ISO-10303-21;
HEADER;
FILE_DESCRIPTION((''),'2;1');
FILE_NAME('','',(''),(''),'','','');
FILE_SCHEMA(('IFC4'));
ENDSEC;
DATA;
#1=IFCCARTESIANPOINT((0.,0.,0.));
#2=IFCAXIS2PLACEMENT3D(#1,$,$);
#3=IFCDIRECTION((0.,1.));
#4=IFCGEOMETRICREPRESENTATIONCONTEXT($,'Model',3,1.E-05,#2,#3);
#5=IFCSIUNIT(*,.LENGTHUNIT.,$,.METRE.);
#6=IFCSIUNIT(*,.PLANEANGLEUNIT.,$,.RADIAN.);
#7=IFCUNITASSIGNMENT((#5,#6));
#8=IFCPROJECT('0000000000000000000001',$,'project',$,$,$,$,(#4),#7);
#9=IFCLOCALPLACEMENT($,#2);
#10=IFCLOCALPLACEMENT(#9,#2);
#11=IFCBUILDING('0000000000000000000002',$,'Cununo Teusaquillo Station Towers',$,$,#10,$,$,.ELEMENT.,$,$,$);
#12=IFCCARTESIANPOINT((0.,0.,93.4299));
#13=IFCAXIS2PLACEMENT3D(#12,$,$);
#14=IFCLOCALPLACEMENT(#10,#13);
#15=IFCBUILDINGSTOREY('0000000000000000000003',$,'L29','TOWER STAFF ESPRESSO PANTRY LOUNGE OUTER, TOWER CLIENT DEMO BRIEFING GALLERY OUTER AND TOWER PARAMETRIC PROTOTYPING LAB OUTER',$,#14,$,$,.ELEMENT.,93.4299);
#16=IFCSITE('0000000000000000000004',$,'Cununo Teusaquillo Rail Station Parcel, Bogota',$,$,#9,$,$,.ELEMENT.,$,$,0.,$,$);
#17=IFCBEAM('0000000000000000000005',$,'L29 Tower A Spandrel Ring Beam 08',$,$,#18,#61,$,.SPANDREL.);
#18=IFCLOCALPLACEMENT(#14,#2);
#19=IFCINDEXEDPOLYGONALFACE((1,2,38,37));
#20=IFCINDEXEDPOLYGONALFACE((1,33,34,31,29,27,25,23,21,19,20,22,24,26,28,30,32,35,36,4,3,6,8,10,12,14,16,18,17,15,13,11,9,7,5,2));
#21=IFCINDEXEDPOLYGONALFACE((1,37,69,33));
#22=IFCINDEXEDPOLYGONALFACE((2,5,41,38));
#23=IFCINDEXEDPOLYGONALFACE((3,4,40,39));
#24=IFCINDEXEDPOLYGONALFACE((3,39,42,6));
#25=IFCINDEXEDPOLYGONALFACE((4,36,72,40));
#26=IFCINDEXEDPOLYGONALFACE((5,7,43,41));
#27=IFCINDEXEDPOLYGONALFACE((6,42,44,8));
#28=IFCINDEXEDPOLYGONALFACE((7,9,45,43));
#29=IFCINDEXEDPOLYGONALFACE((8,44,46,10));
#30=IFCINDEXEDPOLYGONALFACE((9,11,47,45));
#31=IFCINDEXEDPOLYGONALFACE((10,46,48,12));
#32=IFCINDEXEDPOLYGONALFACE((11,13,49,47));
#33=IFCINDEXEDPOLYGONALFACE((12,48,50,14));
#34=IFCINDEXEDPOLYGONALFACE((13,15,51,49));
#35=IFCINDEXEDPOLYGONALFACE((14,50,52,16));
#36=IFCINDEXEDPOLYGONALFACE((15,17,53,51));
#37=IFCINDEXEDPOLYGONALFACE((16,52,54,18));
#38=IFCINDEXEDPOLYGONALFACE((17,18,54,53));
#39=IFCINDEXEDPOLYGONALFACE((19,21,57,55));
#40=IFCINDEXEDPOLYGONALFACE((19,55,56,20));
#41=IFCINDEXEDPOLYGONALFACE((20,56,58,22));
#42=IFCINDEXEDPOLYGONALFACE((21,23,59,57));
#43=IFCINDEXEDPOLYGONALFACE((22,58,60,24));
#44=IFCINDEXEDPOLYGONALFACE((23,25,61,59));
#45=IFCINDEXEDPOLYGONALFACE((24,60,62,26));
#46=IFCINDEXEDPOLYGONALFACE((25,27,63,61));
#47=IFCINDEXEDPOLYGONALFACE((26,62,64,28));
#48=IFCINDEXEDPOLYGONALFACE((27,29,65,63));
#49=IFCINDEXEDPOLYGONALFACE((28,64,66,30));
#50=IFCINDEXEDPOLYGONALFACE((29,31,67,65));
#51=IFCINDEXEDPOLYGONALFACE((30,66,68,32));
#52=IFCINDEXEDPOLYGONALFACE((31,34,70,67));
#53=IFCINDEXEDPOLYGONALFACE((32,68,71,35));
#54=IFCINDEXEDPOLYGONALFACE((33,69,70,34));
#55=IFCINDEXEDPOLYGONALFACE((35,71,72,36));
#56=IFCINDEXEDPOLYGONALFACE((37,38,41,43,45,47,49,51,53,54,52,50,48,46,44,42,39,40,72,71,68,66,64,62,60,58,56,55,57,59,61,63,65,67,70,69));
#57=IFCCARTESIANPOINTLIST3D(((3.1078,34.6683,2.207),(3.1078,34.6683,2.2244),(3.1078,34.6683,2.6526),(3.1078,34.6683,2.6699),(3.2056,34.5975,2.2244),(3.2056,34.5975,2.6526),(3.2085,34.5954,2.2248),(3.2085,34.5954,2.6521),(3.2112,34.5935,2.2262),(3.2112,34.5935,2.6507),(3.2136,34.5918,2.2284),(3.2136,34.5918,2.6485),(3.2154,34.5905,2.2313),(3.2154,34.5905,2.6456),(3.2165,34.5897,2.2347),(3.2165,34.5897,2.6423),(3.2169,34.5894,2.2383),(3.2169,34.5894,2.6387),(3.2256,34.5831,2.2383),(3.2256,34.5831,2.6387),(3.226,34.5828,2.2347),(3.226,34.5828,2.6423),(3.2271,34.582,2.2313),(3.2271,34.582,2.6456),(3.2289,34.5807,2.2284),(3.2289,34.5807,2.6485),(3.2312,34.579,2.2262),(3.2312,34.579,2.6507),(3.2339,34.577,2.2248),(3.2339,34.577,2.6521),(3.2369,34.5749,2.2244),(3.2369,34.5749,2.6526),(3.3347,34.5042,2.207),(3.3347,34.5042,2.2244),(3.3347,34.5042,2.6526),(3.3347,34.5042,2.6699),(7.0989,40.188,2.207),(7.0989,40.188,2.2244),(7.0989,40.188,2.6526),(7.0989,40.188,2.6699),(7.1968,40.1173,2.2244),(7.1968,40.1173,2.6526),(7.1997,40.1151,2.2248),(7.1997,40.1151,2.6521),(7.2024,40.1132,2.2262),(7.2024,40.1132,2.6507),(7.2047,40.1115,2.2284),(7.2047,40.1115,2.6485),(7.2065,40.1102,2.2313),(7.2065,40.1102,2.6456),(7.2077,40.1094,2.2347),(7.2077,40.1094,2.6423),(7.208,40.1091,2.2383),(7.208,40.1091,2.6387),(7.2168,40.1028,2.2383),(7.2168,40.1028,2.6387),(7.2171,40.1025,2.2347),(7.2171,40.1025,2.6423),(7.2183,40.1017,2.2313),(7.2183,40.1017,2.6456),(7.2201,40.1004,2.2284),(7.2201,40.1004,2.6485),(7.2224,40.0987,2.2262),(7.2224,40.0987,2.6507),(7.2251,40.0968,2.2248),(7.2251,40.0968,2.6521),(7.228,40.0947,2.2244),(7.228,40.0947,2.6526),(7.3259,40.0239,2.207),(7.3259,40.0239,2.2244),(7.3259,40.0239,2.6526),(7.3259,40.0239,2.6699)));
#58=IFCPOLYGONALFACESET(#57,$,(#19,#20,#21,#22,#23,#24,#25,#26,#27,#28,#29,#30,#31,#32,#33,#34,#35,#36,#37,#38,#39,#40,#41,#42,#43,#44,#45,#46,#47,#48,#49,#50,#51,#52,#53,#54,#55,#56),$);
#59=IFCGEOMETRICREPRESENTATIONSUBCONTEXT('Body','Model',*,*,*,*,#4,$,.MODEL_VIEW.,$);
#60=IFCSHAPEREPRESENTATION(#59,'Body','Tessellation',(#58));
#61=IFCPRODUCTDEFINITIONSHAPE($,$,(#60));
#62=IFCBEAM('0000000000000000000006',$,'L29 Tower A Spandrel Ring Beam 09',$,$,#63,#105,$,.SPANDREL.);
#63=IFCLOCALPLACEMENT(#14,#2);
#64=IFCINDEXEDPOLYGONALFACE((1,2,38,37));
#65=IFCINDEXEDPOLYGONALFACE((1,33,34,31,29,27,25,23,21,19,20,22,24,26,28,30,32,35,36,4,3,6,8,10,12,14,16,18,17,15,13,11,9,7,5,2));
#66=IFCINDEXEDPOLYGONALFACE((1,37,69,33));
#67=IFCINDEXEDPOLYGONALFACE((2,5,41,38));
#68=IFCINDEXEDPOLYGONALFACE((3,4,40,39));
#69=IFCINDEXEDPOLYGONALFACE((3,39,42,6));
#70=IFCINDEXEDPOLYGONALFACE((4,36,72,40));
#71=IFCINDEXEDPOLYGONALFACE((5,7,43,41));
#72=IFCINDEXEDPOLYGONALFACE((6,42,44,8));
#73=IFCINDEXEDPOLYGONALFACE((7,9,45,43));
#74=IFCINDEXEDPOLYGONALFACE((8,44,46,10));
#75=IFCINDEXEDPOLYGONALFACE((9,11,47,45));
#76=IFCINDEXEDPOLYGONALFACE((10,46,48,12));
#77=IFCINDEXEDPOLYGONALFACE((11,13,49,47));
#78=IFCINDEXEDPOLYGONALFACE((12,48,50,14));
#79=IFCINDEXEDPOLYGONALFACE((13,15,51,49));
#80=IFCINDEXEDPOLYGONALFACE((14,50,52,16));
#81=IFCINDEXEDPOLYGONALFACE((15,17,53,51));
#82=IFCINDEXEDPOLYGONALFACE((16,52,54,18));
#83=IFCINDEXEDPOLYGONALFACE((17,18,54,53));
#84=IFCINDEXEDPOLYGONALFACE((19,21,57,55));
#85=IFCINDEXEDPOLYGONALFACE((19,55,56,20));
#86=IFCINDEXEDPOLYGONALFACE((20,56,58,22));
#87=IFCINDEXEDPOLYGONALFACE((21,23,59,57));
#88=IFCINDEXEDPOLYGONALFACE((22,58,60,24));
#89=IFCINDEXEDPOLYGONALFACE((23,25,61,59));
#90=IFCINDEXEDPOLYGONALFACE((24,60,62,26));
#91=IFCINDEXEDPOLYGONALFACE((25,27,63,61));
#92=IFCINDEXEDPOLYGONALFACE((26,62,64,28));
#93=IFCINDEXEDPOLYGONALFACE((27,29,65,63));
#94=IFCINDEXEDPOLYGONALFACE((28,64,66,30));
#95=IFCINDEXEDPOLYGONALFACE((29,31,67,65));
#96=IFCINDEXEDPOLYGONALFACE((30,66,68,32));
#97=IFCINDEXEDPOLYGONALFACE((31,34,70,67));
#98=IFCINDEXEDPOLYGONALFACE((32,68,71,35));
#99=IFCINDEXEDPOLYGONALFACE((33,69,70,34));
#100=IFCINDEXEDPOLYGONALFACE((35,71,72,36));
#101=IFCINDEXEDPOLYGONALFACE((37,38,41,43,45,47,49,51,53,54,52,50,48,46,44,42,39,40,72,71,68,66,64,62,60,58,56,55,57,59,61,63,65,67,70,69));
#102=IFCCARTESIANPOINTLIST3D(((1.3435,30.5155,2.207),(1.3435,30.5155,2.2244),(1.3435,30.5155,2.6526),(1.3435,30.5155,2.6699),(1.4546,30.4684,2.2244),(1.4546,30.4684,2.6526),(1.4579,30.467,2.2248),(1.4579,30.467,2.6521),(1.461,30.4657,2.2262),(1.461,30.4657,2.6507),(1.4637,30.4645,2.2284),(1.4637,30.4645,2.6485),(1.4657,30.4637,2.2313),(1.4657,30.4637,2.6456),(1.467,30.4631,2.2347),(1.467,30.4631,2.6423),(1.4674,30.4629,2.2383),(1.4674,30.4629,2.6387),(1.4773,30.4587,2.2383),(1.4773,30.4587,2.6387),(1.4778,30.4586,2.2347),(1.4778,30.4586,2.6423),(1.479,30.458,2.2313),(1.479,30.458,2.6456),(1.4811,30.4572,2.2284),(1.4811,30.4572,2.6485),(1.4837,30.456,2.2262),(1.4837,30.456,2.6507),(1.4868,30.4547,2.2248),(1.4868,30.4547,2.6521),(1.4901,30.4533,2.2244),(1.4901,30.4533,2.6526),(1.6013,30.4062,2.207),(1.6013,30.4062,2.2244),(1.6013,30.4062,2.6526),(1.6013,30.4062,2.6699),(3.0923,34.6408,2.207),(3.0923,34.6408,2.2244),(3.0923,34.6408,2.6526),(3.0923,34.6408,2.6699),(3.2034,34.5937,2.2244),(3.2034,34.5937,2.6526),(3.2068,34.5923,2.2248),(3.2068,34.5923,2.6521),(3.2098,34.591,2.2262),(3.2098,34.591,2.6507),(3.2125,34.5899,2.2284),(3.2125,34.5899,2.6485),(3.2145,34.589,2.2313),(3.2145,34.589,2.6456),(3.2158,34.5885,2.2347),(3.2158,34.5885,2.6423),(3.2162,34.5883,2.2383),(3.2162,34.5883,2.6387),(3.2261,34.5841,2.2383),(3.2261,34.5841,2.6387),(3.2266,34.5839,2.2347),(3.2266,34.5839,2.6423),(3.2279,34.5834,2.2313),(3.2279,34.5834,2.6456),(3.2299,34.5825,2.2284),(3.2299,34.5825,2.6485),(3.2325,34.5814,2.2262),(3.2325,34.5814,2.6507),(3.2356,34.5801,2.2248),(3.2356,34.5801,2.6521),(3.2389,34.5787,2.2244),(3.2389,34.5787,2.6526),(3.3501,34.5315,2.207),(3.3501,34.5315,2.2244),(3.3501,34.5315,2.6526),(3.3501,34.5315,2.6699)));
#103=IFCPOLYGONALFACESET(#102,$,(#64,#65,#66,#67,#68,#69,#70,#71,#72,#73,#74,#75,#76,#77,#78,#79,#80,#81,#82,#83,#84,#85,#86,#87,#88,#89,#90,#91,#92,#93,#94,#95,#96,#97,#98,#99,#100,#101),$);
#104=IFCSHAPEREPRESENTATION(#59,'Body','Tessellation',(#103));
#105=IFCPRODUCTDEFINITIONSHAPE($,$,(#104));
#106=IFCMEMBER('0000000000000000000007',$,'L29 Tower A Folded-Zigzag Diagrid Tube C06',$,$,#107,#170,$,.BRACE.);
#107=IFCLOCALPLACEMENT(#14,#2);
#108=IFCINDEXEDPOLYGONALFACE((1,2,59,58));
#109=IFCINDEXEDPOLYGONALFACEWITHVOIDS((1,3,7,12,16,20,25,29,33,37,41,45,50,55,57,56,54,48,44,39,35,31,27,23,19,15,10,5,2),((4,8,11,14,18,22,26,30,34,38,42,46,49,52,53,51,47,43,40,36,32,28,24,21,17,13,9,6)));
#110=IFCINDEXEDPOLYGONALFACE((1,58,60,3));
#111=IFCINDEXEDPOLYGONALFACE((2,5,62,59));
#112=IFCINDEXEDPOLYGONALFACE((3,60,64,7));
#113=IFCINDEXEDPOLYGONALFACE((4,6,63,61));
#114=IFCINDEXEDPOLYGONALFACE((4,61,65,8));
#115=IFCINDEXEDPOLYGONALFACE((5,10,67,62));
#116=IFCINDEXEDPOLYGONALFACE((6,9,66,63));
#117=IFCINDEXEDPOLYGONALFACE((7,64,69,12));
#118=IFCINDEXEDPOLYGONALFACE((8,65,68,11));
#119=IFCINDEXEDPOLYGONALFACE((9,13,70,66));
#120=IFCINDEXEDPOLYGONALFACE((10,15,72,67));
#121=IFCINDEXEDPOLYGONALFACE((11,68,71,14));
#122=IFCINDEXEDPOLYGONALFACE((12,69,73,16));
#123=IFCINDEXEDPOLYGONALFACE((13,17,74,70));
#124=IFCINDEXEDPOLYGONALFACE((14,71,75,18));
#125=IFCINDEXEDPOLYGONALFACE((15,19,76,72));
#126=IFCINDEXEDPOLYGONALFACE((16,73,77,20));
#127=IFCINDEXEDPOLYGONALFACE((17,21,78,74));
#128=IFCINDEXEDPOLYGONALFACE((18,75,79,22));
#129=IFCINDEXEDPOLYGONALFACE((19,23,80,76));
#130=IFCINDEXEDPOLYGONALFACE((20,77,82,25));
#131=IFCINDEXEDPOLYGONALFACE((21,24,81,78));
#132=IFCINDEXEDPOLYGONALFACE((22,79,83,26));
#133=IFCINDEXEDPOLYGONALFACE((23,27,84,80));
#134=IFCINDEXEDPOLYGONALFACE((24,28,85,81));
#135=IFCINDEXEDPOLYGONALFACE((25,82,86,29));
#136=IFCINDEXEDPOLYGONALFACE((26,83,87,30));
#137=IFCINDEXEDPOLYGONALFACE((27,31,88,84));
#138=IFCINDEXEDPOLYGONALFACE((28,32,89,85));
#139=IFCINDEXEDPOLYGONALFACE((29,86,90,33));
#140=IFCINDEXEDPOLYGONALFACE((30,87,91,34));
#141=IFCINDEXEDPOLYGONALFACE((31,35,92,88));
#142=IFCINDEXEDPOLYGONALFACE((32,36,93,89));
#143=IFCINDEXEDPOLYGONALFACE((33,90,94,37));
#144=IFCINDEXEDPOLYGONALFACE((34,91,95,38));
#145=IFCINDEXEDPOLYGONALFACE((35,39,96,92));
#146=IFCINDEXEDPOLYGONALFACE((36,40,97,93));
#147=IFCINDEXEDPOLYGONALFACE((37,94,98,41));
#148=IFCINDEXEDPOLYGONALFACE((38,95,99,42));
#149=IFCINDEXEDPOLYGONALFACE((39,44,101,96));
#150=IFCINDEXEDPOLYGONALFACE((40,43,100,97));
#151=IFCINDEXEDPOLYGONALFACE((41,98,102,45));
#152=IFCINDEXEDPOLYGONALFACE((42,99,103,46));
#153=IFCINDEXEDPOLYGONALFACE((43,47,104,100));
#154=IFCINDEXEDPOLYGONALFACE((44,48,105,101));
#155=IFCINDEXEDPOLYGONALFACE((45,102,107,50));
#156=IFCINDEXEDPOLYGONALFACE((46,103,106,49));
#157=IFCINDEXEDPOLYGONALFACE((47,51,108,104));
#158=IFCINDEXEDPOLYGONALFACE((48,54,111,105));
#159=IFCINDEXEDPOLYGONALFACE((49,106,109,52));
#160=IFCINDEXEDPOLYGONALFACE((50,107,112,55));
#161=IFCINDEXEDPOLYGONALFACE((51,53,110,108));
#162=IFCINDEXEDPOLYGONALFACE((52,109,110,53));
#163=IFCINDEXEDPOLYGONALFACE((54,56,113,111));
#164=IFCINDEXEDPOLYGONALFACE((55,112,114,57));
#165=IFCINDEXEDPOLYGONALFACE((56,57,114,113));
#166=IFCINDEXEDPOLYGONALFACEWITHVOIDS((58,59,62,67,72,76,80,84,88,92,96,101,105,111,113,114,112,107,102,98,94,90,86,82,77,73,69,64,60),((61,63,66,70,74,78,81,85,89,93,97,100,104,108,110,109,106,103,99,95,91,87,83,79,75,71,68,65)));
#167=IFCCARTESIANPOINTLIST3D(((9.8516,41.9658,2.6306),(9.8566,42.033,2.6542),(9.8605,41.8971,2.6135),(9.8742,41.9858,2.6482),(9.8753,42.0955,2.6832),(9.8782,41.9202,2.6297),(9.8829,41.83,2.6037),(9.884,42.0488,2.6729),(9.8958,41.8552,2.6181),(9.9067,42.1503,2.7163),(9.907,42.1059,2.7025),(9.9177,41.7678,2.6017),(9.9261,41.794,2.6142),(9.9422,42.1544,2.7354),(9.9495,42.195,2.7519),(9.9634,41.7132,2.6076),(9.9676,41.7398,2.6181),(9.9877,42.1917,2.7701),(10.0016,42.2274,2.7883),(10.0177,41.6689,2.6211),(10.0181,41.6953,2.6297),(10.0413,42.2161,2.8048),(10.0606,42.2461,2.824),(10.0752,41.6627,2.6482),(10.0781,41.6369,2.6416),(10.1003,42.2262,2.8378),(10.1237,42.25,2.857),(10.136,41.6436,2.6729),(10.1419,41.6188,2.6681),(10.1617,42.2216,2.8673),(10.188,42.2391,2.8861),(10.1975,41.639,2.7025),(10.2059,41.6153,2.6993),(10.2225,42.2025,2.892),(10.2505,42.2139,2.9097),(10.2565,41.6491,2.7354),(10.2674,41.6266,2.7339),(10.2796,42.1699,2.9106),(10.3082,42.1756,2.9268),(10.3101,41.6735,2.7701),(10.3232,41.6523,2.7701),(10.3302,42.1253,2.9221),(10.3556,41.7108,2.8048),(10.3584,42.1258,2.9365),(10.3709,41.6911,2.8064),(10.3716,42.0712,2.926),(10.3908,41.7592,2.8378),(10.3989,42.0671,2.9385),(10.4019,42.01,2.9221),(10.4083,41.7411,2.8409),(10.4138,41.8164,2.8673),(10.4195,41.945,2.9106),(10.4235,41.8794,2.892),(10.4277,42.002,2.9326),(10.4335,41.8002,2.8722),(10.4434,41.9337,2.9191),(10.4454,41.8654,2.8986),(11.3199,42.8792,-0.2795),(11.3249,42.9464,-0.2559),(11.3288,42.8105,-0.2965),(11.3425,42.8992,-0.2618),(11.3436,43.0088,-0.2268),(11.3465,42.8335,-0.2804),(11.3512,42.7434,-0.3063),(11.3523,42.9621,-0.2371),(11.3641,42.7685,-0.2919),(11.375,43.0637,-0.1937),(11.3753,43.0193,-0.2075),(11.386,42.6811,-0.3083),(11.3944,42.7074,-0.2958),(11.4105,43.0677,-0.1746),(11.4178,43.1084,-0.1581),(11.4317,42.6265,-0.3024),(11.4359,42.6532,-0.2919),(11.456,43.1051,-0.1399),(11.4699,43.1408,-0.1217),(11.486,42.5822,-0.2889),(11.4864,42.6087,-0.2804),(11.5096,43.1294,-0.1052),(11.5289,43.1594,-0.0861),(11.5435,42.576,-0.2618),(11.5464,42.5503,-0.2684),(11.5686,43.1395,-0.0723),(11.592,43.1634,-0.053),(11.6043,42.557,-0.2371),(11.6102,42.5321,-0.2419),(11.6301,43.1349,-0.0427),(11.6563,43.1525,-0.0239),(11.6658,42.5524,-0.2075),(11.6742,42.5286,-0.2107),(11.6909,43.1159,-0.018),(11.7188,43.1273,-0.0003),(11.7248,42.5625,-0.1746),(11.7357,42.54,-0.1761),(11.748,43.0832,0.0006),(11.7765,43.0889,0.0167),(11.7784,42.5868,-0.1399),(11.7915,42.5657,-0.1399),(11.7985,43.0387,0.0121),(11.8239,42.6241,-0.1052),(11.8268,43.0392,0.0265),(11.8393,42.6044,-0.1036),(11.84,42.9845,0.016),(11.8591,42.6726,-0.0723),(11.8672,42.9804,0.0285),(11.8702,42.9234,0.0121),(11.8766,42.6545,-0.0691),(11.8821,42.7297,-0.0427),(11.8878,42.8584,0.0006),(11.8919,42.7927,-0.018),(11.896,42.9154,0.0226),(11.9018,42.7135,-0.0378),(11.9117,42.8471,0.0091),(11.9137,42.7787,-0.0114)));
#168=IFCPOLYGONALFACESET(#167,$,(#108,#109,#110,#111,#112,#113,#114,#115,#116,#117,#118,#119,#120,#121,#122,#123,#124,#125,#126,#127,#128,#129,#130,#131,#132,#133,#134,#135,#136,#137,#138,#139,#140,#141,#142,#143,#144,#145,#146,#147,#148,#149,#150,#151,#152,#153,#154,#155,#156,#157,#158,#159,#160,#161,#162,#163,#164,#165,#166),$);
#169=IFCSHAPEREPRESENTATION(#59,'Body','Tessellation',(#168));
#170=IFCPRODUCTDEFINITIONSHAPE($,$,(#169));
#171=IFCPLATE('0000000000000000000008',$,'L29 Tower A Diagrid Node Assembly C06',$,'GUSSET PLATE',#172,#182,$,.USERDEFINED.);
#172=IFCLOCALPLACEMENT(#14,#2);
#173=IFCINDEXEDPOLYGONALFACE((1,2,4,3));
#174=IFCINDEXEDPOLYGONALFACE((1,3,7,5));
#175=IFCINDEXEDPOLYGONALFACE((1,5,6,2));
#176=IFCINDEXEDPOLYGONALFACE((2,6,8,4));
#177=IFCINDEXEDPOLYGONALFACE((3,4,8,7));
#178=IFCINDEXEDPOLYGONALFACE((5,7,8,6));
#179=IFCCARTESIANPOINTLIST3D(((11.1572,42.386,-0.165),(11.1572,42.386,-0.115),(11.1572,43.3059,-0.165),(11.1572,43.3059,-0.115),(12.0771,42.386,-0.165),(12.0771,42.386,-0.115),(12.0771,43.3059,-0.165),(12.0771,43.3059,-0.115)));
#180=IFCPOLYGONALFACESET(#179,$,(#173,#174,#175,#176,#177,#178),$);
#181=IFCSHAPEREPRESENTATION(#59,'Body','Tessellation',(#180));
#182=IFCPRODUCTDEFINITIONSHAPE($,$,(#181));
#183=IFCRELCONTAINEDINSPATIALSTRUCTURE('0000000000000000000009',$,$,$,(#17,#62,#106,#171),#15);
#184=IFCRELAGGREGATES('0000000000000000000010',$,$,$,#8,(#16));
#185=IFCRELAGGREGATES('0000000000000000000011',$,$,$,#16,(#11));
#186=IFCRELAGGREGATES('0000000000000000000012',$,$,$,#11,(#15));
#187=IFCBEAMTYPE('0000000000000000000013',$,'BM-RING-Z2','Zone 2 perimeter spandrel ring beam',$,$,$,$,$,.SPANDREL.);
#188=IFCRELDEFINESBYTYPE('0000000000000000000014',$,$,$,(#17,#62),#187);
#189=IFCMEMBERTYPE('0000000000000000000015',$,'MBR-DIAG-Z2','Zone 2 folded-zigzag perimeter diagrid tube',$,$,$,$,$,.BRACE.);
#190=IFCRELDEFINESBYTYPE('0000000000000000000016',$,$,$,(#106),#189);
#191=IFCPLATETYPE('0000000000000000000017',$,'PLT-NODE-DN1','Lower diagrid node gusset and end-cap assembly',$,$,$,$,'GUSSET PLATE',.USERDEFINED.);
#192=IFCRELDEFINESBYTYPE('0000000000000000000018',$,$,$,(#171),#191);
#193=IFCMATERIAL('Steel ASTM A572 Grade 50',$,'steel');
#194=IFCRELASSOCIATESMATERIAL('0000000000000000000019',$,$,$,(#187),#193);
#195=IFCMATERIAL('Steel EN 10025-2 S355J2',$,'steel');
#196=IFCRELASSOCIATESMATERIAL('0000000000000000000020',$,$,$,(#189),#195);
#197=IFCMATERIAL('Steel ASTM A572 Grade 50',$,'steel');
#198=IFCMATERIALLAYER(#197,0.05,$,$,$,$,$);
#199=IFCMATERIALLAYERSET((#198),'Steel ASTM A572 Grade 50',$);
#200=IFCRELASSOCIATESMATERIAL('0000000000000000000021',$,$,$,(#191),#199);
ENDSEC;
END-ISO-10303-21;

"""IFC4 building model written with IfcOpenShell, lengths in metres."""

from ifc_helpers import new_model, si_unit, direction, frame, origin, origin_2d, place, context, subcontext, project, spatial, rectangle, hollow_circle, i_section, extrude, source, transform, mapped, material, layer, layer_set, material_profile, profile_set, type_object, element, save


model = new_model("IFC4")

# Units and contexts
model_context = context("Model", 3, precision=1e-05, world=origin(), true_north=direction((0.0, 1.0)))
body_context = subcontext(model_context, "Body", "Model", "MODEL_VIEW")
ifc_project = project(units=[si_unit("LENGTHUNIT", "METRE"), si_unit("PLANEANGLEUNIT", "RADIAN")], contexts=[model_context])

# Site, building, storey
site_placement = place(None, origin())
site = spatial("IfcSite", under=ifc_project, at=site_placement, Name="Cununo Teusaquillo Rail Station Parcel, Bogota", CompositionType="ELEMENT", RefElevation=0.0)
building_placement = place(site_placement, origin())
building = spatial("IfcBuilding", under=site, at=building_placement, Name="Cununo Teusaquillo Station Towers", CompositionType="ELEMENT")
storey_placement = place(building_placement, frame((0.0, 0.0, 93.4299)))
storey = spatial("IfcBuildingStorey", under=building, at=storey_placement, Name="L29", Description="TOWER STAFF ESPRESSO PANTRY LOUNGE OUTER, TOWER CLIENT DEMO BRIEFING GALLERY OUTER AND TOWER PARAMETRIC PROTOTYPING LAB OUTER", CompositionType="ELEMENT", Elevation=93.4299)

# Beams
ifc_material_1 = material(Name="Steel ASTM A572 Grade 50", Category="steel")
ifc_material_profile_1 = material_profile(ifc_material_1, i_section(OverallWidth=0.28, OverallDepth=0.4629, WebThickness=0.0107, FlangeThickness=0.0173, FilletRadius=0.0139, at=origin_2d()), Name="W18X76")
ifc_profile_set_1 = profile_set([ifc_material_profile_1], Name="Steel ASTM A572 Grade 50")
beam_type_1 = type_object("IfcBeamType", Name="BM-RING-Z2", Description="Zone 2 perimeter spandrel ring beam", PredefinedType="SPANDREL", material=ifc_profile_set_1)
beam_1_placement = place(storey_placement, frame((7.2124, 40.106, 2.4385), z_axis=(-0.585945, -0.810351, 0.0), x_axis=(0.810351, -0.585945, 0.0)))
element("IfcBeam", 1, at=beam_1_placement, inside=storey, type_object=beam_type_1, Name="L29 Tower A Spandrel Ring Beam 08", PredefinedType="SPANDREL", context=body_context, shape_type="SweptSolid", body=[
    extrude(i_section(OverallWidth=0.28, OverallDepth=0.4629, WebThickness=0.0107, FlangeThickness=0.0173, FilletRadius=0.0139, at=origin_2d()), origin(), (0.0, 0.0, 1.0), 6.8115),
])
beam_2_placement = place(storey_placement, frame((3.2212, 34.5862, 2.4385), z_axis=(-0.390299, -0.920688, 0.0), x_axis=(0.920688, -0.390299, 0.0)))
element("IfcBeam", 2, at=beam_2_placement, inside=storey, type_object=beam_type_1, Name="L29 Tower A Spandrel Ring Beam 09", PredefinedType="SPANDREL", context=body_context, shape_type="SweptSolid", body=[
    extrude(i_section(OverallWidth=0.28, OverallDepth=0.4629, WebThickness=0.0107, FlangeThickness=0.0173, FilletRadius=0.0139, at=origin_2d()), origin(), (0.0, 0.0, 1.0), 4.4807),
])

# Member
ifc_material_2 = material(Name="Steel EN 10025-2 S355J2", Category="steel")
ifc_material_profile_2 = material_profile(ifc_material_2, hollow_circle(Radius=0.3301, WallThickness=0.0249, at=origin_2d()), Name="CHS 660x25")
ifc_profile_set_2 = profile_set([ifc_material_profile_2], Name="Steel EN 10025-2 S355J2")
member_type = type_object("IfcMemberType", Name="MBR-DIAG-Z2", Description="Zone 2 folded-zigzag perimeter diagrid tube", PredefinedType="BRACE", material=ifc_profile_set_2)
member_placement = place(storey_placement, frame((11.6172, 42.8459, -0.1399), z_axis=(-0.433768, -0.269825, 0.859674), x_axis=(0.528196, -0.849123, 0.0)))
element("IfcMember", 3, at=member_placement, inside=storey, type_object=member_type, Name="L29 Tower A Folded-Zigzag Diagrid Tube C06", PredefinedType="BRACE", context=body_context, shape_type="SweptSolid", body=[
    extrude(hollow_circle(Radius=0.3301, WallThickness=0.0249, at=origin_2d()), origin(), (0.0, 0.0, 1.0), 3.385),
])

# Plate
ifc_material_3 = material(Name="Steel ASTM A572 Grade 50", Category="steel")
ifc_layer_1 = layer(ifc_material_3, 0.05)
ifc_layer_set_1 = layer_set([ifc_layer_1], Name="Steel ASTM A572 Grade 50")
plate_type = type_object("IfcPlateType", Name="PLT-NODE-DN1", Description="Lower diagrid node gusset and end-cap assembly", ElementType="GUSSET PLATE", PredefinedType="USERDEFINED", material=ifc_layer_set_1)
shared_shape_1 = source(origin(), body_context, "Body", "SweptSolid", [
    extrude(rectangle(XDim=0.9199, YDim=0.9199, at=origin_2d()), origin(), (0.0, 0.0, 1.0), 0.05),
])
plate_placement = place(storey_placement, frame((11.6172, 42.8459, -0.165), z_axis=(0.0, 0.0, 1.0), x_axis=(1.0, 0.0, 0.0)))
element("IfcPlate", 4, at=plate_placement, inside=storey, type_object=plate_type, Name="L29 Tower A Diagrid Node Assembly C06", ObjectType="GUSSET PLATE", PredefinedType="USERDEFINED", context=body_context, shape_type="MappedRepresentation", body=[
    mapped(shared_shape_1, transform((0.0, 0.0, 0.0), x_axis=(1.0, 0.0, 0.0), y_axis=(0.0, 1.0, 0.0), z_axis=(0.0, 0.0, 1.0), scale=1.0)),
])

save(model, "model.ifc")
